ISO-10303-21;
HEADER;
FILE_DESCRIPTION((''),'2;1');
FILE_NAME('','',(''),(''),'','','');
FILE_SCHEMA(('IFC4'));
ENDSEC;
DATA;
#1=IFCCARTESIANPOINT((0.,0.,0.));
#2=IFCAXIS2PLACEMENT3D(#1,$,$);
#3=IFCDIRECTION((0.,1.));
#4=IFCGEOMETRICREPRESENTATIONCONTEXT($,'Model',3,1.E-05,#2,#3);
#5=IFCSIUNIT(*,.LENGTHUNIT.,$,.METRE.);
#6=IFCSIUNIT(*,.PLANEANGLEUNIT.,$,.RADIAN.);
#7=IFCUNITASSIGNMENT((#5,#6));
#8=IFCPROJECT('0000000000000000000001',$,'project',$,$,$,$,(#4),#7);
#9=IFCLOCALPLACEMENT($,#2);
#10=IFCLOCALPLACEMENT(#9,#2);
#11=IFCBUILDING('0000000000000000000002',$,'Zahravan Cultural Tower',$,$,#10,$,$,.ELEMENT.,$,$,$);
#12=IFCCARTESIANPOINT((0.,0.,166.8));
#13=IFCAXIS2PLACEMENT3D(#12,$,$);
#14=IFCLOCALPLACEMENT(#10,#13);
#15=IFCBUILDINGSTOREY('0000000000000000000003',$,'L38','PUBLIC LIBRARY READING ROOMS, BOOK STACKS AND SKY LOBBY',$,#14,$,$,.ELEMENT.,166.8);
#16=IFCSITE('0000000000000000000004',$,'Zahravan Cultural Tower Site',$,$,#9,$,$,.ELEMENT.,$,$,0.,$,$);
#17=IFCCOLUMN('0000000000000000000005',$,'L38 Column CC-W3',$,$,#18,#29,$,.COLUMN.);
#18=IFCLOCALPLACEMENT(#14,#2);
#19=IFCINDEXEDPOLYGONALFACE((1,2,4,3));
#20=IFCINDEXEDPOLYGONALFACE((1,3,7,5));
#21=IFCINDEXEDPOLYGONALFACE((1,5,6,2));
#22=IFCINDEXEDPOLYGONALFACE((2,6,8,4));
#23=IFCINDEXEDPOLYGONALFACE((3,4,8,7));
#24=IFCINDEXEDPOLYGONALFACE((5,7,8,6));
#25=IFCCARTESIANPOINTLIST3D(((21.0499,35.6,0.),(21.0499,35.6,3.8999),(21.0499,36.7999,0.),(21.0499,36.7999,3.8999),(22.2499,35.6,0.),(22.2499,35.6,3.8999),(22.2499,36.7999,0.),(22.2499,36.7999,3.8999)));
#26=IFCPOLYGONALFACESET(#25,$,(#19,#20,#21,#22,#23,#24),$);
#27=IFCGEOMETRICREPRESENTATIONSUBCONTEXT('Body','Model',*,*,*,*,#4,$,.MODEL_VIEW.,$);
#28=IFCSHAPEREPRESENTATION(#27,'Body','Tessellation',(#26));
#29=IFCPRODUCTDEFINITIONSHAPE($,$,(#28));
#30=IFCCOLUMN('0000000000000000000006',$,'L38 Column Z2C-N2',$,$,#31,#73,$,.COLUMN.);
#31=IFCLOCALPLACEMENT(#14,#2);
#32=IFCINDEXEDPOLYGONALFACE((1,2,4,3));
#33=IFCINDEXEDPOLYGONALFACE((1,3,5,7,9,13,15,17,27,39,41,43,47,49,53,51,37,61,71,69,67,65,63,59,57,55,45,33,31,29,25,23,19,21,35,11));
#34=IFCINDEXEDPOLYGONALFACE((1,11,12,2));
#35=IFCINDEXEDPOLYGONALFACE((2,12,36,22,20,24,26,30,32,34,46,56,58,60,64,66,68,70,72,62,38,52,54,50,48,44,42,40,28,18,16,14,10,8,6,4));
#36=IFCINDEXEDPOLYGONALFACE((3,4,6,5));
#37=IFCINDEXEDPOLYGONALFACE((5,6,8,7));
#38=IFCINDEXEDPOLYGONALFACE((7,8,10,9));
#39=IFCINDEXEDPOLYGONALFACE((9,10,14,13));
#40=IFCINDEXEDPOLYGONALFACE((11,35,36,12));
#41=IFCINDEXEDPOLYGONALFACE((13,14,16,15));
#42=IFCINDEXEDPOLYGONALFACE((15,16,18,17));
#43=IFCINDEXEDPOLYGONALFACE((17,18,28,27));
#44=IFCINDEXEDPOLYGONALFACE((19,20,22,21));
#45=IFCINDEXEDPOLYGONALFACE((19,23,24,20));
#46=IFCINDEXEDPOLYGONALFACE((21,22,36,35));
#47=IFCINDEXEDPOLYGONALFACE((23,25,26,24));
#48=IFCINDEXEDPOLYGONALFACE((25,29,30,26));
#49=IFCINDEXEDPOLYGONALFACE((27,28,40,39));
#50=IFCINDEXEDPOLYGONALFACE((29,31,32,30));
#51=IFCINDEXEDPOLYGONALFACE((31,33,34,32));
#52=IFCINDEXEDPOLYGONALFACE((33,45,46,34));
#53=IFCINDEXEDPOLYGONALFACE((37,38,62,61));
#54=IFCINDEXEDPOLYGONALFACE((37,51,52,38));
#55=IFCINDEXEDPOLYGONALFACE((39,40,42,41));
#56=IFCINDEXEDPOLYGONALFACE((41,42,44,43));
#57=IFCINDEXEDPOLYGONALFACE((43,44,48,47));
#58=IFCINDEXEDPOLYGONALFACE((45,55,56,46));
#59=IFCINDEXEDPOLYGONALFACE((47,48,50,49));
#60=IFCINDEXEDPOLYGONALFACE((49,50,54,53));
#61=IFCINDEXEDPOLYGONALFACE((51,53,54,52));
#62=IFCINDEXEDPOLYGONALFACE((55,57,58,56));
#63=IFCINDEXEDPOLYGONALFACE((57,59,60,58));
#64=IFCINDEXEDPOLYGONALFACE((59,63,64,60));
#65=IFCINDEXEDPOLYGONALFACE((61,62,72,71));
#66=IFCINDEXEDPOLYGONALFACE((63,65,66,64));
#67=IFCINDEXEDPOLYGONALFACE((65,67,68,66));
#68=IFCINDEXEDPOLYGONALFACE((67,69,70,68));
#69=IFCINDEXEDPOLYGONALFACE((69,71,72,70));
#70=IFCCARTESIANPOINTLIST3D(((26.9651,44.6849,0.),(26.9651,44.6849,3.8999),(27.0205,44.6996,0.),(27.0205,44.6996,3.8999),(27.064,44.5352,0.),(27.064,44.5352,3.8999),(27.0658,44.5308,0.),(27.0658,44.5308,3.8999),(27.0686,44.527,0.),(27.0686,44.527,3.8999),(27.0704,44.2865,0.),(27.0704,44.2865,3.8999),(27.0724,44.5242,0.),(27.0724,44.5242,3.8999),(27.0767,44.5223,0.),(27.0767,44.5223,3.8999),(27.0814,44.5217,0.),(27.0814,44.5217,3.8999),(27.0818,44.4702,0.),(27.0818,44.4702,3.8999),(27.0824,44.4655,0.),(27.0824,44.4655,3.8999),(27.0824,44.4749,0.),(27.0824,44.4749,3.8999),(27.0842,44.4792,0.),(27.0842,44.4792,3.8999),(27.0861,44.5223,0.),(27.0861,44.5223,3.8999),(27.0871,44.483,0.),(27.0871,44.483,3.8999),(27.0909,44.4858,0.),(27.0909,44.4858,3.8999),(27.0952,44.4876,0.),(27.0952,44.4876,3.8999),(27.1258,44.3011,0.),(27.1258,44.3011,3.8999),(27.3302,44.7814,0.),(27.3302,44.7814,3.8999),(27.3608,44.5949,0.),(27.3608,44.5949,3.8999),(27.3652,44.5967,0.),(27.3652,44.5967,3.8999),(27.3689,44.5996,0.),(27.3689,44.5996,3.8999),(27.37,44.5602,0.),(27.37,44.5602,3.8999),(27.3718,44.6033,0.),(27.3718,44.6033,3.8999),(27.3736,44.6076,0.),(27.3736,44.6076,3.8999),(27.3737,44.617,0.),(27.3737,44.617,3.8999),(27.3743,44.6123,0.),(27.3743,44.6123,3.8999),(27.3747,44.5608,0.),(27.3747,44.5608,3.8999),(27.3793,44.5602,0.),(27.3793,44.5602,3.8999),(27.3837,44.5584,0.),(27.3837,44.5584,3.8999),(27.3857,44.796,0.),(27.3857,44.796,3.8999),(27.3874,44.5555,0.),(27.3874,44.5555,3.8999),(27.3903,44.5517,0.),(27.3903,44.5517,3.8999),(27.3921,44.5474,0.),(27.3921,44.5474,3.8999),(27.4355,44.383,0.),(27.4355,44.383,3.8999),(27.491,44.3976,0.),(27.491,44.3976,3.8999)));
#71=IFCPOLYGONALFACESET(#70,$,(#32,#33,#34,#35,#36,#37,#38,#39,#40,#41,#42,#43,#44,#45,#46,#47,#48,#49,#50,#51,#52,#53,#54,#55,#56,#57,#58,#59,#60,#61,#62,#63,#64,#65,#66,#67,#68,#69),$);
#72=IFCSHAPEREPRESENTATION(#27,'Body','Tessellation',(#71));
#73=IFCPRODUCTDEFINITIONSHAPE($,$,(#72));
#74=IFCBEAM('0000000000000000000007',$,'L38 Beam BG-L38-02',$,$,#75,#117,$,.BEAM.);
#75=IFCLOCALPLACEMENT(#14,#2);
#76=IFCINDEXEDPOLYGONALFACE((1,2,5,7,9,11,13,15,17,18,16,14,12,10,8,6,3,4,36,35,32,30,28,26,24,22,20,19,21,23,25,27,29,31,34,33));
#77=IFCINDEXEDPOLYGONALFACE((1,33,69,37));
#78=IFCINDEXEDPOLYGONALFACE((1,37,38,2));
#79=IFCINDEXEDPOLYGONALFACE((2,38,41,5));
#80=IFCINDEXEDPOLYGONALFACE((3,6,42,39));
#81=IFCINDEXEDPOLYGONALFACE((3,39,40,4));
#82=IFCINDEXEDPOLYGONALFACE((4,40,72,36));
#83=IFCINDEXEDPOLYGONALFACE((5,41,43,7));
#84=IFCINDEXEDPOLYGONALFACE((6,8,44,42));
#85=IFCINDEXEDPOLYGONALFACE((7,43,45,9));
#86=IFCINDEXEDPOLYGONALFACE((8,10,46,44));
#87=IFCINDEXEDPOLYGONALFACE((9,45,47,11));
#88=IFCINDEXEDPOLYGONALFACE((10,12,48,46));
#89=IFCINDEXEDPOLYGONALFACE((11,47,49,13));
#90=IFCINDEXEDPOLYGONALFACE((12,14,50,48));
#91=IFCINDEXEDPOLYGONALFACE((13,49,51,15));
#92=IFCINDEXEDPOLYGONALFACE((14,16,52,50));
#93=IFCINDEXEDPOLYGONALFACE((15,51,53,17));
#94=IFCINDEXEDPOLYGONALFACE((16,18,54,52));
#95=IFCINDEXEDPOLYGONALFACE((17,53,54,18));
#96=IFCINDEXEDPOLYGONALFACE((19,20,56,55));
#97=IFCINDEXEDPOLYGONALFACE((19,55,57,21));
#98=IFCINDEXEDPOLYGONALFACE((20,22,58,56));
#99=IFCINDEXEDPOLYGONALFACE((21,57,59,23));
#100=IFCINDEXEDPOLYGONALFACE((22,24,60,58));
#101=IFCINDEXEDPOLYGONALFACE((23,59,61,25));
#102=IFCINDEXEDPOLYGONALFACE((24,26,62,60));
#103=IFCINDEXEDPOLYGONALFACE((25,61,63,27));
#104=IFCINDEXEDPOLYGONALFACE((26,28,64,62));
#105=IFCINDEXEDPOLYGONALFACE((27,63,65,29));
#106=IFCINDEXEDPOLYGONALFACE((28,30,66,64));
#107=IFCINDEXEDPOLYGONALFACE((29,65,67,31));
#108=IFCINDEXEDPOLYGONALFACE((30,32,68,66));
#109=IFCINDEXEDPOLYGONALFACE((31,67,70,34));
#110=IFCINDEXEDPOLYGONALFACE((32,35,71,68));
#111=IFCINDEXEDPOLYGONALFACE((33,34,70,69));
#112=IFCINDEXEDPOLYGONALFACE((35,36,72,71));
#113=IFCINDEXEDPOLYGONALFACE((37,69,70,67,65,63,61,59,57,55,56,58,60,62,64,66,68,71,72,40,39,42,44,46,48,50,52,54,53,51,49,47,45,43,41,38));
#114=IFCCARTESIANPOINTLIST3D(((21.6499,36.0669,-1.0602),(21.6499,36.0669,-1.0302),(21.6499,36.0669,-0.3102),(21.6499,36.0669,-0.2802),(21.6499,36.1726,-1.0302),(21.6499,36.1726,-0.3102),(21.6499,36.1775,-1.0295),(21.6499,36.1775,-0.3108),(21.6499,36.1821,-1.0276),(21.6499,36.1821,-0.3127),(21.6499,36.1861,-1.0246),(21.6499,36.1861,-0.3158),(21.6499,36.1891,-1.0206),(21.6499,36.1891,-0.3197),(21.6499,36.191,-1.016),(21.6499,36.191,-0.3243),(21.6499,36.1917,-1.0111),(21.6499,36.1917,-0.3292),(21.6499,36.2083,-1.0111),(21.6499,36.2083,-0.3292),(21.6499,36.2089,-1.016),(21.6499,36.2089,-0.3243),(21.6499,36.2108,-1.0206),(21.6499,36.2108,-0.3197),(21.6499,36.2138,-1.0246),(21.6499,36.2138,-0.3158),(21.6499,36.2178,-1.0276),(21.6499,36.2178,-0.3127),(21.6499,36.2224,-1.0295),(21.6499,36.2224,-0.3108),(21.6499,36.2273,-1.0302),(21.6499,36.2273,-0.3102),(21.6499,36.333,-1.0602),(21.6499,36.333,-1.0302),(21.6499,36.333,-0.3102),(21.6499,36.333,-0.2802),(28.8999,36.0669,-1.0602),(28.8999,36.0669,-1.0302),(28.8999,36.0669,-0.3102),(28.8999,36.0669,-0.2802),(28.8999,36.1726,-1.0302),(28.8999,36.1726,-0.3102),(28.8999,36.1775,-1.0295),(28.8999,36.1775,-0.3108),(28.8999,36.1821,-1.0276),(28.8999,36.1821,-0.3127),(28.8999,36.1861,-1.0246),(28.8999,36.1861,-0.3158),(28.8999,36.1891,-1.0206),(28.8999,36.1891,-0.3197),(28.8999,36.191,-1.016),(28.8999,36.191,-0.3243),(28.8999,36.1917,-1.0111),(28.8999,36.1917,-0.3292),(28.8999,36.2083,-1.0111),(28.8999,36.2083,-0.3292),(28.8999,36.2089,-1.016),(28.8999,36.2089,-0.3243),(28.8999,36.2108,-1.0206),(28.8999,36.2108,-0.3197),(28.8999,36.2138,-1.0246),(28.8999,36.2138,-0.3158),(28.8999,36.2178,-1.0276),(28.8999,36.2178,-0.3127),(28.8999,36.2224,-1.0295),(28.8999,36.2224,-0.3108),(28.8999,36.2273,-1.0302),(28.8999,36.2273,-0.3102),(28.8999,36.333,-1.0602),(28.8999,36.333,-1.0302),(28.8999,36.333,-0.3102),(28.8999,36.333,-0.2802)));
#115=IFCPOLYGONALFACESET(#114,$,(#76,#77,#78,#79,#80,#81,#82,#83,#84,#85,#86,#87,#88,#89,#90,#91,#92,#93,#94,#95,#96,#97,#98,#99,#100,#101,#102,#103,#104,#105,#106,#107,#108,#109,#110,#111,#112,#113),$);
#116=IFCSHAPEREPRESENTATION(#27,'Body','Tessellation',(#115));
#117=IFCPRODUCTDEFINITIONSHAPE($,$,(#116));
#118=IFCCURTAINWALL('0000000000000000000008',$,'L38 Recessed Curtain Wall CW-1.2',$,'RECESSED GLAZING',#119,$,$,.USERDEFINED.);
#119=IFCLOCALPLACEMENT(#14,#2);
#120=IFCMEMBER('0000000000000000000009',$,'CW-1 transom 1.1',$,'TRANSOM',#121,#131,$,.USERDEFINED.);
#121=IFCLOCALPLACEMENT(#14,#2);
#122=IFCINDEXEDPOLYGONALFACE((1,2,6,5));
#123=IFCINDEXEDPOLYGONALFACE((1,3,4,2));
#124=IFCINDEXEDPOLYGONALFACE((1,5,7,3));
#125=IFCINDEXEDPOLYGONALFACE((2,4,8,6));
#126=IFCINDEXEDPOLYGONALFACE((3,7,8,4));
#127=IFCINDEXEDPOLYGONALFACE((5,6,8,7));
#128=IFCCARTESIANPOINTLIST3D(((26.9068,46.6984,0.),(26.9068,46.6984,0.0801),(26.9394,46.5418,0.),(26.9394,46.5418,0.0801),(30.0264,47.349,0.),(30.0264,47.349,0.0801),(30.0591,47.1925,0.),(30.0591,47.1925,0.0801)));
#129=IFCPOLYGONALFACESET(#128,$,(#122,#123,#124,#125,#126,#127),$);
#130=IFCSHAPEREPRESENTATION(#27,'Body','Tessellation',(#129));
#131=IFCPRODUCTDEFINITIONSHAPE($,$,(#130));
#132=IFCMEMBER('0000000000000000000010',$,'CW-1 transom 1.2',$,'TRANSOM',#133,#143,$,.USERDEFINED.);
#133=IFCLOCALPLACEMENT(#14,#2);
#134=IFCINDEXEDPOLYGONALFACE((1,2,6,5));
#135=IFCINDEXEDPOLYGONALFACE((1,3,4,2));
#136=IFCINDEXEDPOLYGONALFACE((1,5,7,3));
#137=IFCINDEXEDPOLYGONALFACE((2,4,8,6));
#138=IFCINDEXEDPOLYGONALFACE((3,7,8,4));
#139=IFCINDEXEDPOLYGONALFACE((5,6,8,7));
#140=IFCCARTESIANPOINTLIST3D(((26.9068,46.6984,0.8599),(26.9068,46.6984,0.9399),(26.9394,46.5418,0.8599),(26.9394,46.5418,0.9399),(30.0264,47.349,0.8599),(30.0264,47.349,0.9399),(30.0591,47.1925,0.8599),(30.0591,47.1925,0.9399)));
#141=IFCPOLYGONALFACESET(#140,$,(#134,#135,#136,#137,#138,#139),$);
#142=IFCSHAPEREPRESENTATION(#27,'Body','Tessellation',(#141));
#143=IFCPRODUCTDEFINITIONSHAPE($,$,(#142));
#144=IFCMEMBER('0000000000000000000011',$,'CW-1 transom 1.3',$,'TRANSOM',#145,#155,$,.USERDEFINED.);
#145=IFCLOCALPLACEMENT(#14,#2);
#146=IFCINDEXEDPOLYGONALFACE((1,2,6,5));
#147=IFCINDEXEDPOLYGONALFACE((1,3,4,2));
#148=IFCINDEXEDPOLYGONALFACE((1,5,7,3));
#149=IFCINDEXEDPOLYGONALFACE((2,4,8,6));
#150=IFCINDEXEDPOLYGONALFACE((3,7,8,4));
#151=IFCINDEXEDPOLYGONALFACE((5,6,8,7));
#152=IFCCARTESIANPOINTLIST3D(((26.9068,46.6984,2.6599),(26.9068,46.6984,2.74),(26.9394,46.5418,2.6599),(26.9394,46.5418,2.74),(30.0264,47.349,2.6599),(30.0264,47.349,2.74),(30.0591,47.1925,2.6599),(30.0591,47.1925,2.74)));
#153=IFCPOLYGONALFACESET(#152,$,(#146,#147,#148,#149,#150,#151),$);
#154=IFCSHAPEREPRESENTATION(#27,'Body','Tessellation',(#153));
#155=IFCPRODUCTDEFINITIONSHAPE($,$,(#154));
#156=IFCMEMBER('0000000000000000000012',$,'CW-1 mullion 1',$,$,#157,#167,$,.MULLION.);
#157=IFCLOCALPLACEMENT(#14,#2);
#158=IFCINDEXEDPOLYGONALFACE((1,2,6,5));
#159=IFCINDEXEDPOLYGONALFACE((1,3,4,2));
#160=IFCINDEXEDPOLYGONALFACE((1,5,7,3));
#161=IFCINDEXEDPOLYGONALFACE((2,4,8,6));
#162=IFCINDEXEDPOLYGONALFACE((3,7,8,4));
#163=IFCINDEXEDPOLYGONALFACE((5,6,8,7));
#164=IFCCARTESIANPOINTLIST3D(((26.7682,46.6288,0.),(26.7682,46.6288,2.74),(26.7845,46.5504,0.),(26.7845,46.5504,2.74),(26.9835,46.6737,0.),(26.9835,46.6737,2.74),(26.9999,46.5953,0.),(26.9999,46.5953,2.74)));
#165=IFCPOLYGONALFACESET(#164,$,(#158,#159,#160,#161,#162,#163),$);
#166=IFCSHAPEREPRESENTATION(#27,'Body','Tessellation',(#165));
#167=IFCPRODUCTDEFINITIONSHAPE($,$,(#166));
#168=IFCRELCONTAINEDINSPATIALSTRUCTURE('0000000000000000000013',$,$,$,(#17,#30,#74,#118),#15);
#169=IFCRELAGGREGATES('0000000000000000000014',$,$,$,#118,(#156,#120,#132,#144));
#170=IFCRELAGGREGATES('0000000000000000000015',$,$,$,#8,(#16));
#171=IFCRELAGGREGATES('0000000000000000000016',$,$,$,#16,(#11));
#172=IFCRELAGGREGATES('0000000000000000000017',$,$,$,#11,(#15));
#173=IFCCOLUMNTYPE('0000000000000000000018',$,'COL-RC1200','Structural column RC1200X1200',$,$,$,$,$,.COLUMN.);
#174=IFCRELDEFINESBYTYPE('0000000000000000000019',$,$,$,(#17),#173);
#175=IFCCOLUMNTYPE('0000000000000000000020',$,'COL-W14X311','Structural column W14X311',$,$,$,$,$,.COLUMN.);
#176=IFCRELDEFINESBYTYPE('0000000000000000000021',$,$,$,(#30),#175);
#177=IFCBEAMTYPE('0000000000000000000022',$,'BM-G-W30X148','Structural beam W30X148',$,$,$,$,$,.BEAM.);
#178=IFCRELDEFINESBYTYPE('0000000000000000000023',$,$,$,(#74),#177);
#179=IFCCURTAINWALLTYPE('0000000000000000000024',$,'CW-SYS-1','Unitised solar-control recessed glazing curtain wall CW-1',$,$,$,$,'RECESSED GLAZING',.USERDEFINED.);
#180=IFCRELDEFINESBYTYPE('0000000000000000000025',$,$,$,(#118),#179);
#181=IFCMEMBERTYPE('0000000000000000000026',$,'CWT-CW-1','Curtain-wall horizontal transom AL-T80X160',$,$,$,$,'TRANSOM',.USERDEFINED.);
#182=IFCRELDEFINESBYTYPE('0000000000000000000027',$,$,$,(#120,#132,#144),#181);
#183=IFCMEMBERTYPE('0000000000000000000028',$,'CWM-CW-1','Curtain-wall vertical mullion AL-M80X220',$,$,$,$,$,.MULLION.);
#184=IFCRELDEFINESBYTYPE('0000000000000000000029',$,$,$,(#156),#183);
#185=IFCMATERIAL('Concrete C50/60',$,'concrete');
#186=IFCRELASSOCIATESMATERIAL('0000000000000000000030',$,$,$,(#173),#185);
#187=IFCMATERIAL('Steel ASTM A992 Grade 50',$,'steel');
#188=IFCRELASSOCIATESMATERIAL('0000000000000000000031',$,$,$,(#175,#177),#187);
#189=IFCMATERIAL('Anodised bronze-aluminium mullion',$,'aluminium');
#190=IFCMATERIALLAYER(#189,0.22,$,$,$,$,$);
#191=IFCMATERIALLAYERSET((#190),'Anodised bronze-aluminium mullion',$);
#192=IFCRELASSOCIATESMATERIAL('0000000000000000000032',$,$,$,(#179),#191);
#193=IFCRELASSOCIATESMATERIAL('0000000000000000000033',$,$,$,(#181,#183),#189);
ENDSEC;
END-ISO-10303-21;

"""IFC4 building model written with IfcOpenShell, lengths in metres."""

from ifc_helpers import new_model, si_unit, direction, frame, origin, origin_2d, place, context, subcontext, project, spatial, rectangle, i_section, extrude, source, transform, mapped, material, layer, layer_set, material_profile, profile_set, type_object, element, aggregate, save


model = new_model("IFC4")

# Units and contexts
model_context = context("Model", 3, precision=1e-05, world=origin(), true_north=direction((0.0, 1.0)))
body_context = subcontext(model_context, "Body", "Model", "MODEL_VIEW")
ifc_project = project(units=[si_unit("LENGTHUNIT", "METRE"), si_unit("PLANEANGLEUNIT", "RADIAN")], contexts=[model_context])

# Site, building, storey
site_placement = place(None, origin())
site = spatial("IfcSite", under=ifc_project, at=site_placement, Name="Zahravan Cultural Tower Site", CompositionType="ELEMENT", RefElevation=0.0)
building_placement = place(site_placement, origin())
building = spatial("IfcBuilding", under=site, at=building_placement, Name="Zahravan Cultural Tower", CompositionType="ELEMENT")
storey_placement = place(building_placement, frame((0.0, 0.0, 166.8)))
storey = spatial("IfcBuildingStorey", under=building, at=storey_placement, Name="L38", Description="PUBLIC LIBRARY READING ROOMS, BOOK STACKS AND SKY LOBBY", CompositionType="ELEMENT", Elevation=166.8)

# Columns
ifc_material_1 = material(Name="Concrete C50/60", Category="concrete")
ifc_material_profile_1 = material_profile(ifc_material_1, rectangle(XDim=1.2, YDim=1.2, at=origin_2d()), Name="RC1200X1200")
ifc_profile_set_1 = profile_set([ifc_material_profile_1], Name="Concrete C50/60")
column_type_1 = type_object("IfcColumnType", Name="COL-RC1200", Description="Structural column RC1200X1200", PredefinedType="COLUMN", material=ifc_profile_set_1)
shared_shape_1 = source(origin(), body_context, "Body", "SweptSolid", [
    extrude(rectangle(XDim=1.2, YDim=1.2, at=origin_2d()), origin(), (0.0, 0.0, 1.0), 3.8999),
])
column_1_placement = place(storey_placement, frame((21.6499, 36.2, 0.0), z_axis=(0.0, 0.0, 1.0), x_axis=(1.0, 0.0, 0.0)))
element("IfcColumn", 1, at=column_1_placement, inside=storey, type_object=column_type_1, Name="L38 Column CC-W3", PredefinedType="COLUMN", context=body_context, shape_type="MappedRepresentation", body=[
    mapped(shared_shape_1, transform((0.0, 0.0, 0.0), x_axis=(1.0, 0.0, 0.0), y_axis=(0.0, 1.0, 0.0), z_axis=(0.0, 0.0, 1.0), scale=1.0)),
])
ifc_material_2 = material(Name="Steel ASTM A992 Grade 50", Category="steel")
ifc_material_profile_2 = material_profile(ifc_material_2, i_section(OverallWidth=0.4121, OverallDepth=0.4351, WebThickness=0.0359, FlangeThickness=0.0574, FilletRadius=0.0181, at=origin_2d()), Name="W14X311")
ifc_profile_set_2 = profile_set([ifc_material_profile_2], Name="Steel ASTM A992 Grade 50")
column_type_2 = type_object("IfcColumnType", Name="COL-W14X311", Description="Structural column W14X311", PredefinedType="COLUMN", material=ifc_profile_set_2)
shared_shape_2 = source(origin(), body_context, "Body", "SweptSolid", [
    extrude(i_section(OverallWidth=0.4121, OverallDepth=0.4351, WebThickness=0.0359, FlangeThickness=0.0574, FilletRadius=0.0181, at=origin_2d()), origin(), (0.0, 0.0, 1.0), 3.8999),
])
column_2_placement = place(storey_placement, frame((27.228, 44.5413, 0.0), z_axis=(0.0, 0.0, 1.0), x_axis=(-0.255446, 0.966823, 0.0)))
element("IfcColumn", 2, at=column_2_placement, inside=storey, type_object=column_type_2, Name="L38 Column Z2C-N2", PredefinedType="COLUMN", context=body_context, shape_type="MappedRepresentation", body=[
    mapped(shared_shape_2, transform((0.0, 0.0, 0.0), x_axis=(1.0, 0.0, 0.0), y_axis=(0.0, 1.0, 0.0), z_axis=(0.0, 0.0, 1.0), scale=1.0)),
])

# Beam
ifc_material_profile_3 = material_profile(ifc_material_2, i_section(OverallWidth=0.2661, OverallDepth=0.78, WebThickness=0.0166, FlangeThickness=0.03, FilletRadius=0.019, at=origin_2d()), Name="W30X148")
ifc_profile_set_3 = profile_set([ifc_material_profile_3], Name="Steel ASTM A992 Grade 50")
beam_type = type_object("IfcBeamType", Name="BM-G-W30X148", Description="Structural beam W30X148", PredefinedType="BEAM", material=ifc_profile_set_3)
shared_shape_3 = source(origin(), body_context, "Body", "SweptSolid", [
    extrude(i_section(OverallWidth=0.2661, OverallDepth=0.78, WebThickness=0.0166, FlangeThickness=0.03, FilletRadius=0.019, at=origin_2d()), origin(), (0.0, 0.0, 1.0), 7.25),
])
beam_placement = place(storey_placement, frame((21.6499, 36.2, -0.6702), z_axis=(1.0, 0.0, 0.0), x_axis=(0.0, 1.0, 0.0)))
element("IfcBeam", 3, at=beam_placement, inside=storey, type_object=beam_type, Name="L38 Beam BG-L38-02", PredefinedType="BEAM", context=body_context, shape_type="MappedRepresentation", body=[
    mapped(shared_shape_3, transform((0.0, 0.0, 0.0), x_axis=(1.0, 0.0, 0.0), y_axis=(0.0, 1.0, 0.0), z_axis=(0.0, 0.0, 1.0), scale=1.0)),
])

# Curtain wall, members
ifc_material_3 = material(Name="Anodised bronze-aluminium mullion", Category="aluminium")
ifc_layer_1 = layer(ifc_material_3, 0.22)
ifc_layer_set_1 = layer_set([ifc_layer_1], Name="Anodised bronze-aluminium mullion")
curtain_wall_type = type_object("IfcCurtainWallType", Name="CW-SYS-1", Description="Unitised solar-control recessed glazing curtain wall CW-1", ElementType="RECESSED GLAZING", PredefinedType="USERDEFINED", material=ifc_layer_set_1)
curtain_wall_placement = place(storey_placement, origin())
curtain_wall = element("IfcCurtainWall", 4, at=curtain_wall_placement, inside=storey, type_object=curtain_wall_type, Name="L38 Recessed Curtain Wall CW-1.2", ObjectType="RECESSED GLAZING", PredefinedType="USERDEFINED")
ifc_material_profile_4 = material_profile(ifc_material_3, rectangle(XDim=0.1599, YDim=0.0801, at=origin_2d()), Name="AL-T80X160")
ifc_profile_set_4 = profile_set([ifc_material_profile_4], Name="Anodised bronze-aluminium mullion")
member_type_1 = type_object("IfcMemberType", Name="CWT-CW-1", Description="Curtain-wall horizontal transom AL-T80X160", ElementType="TRANSOM", PredefinedType="USERDEFINED", material=ifc_profile_set_4)
shared_shape_4 = source(origin(), body_context, "Body", "SweptSolid", [
    extrude(rectangle(XDim=0.1599, YDim=0.0801, at=origin_2d()), origin(), (0.0, 0.0, 1.0), 3.1868),
])
member_1_placement = place(storey_placement, frame((26.9231, 46.6201, 0.04), z_axis=(0.978936, 0.204168, 0.0), x_axis=(-0.204168, 0.978936, 0.0)))
member_1 = element("IfcMember", 5, at=member_1_placement, type_object=member_type_1, Name="CW-1 transom 1.1", ObjectType="TRANSOM", PredefinedType="USERDEFINED", context=body_context, shape_type="MappedRepresentation", body=[
    mapped(shared_shape_4, transform((0.0, 0.0, 0.0), x_axis=(1.0, 0.0, 0.0), y_axis=(0.0, 1.0, 0.0), z_axis=(0.0, 0.0, 1.0), scale=1.0)),
])
member_2_placement = place(storey_placement, frame((26.9231, 46.6201, 0.8999), z_axis=(0.978936, 0.204168, 0.0), x_axis=(-0.204168, 0.978936, 0.0)))
member_2 = element("IfcMember", 6, at=member_2_placement, type_object=member_type_1, Name="CW-1 transom 1.2", ObjectType="TRANSOM", PredefinedType="USERDEFINED", context=body_context, shape_type="MappedRepresentation", body=[
    mapped(shared_shape_4, transform((0.0, 0.0, 0.0), x_axis=(1.0, 0.0, 0.0), y_axis=(0.0, 1.0, 0.0), z_axis=(0.0, 0.0, 1.0), scale=1.0)),
])
member_3_placement = place(storey_placement, frame((26.9231, 46.6201, 2.7), z_axis=(0.978936, 0.204168, 0.0), x_axis=(-0.204168, 0.978936, 0.0)))
member_3 = element("IfcMember", 7, at=member_3_placement, type_object=member_type_1, Name="CW-1 transom 1.3", ObjectType="TRANSOM", PredefinedType="USERDEFINED", context=body_context, shape_type="MappedRepresentation", body=[
    mapped(shared_shape_4, transform((0.0, 0.0, 0.0), x_axis=(1.0, 0.0, 0.0), y_axis=(0.0, 1.0, 0.0), z_axis=(0.0, 0.0, 1.0), scale=1.0)),
])
ifc_material_profile_5 = material_profile(ifc_material_3, rectangle(XDim=0.0801, YDim=0.22, at=origin_2d()), Name="AL-M80X220")
ifc_profile_set_5 = profile_set([ifc_material_profile_5], Name="Anodised bronze-aluminium mullion")
member_type_2 = type_object("IfcMemberType", Name="CWM-CW-1", Description="Curtain-wall vertical mullion AL-M80X220", PredefinedType="MULLION", material=ifc_profile_set_5)
shared_shape_5 = source(origin(), body_context, "Body", "SweptSolid", [
    extrude(rectangle(XDim=0.0801, YDim=0.22, at=origin_2d()), origin(), (0.0, 0.0, 1.0), 2.74),
])
member_4_placement = place(storey_placement, frame((26.884, 46.6121, 0.0), z_axis=(0.0, 0.0, 1.0), x_axis=(-0.204162, 0.978937, 0.0)))
member_4 = element("IfcMember", 8, at=member_4_placement, type_object=member_type_2, Name="CW-1 mullion 1", PredefinedType="MULLION", context=body_context, shape_type="MappedRepresentation", body=[
    mapped(shared_shape_5, transform((0.0, 0.0, 0.0), x_axis=(1.0, 0.0, 0.0), y_axis=(0.0, 1.0, 0.0), z_axis=(0.0, 0.0, 1.0), scale=1.0)),
])
aggregate(curtain_wall, [member_4, member_1, member_2, member_3])

save(model, "model.ifc")
